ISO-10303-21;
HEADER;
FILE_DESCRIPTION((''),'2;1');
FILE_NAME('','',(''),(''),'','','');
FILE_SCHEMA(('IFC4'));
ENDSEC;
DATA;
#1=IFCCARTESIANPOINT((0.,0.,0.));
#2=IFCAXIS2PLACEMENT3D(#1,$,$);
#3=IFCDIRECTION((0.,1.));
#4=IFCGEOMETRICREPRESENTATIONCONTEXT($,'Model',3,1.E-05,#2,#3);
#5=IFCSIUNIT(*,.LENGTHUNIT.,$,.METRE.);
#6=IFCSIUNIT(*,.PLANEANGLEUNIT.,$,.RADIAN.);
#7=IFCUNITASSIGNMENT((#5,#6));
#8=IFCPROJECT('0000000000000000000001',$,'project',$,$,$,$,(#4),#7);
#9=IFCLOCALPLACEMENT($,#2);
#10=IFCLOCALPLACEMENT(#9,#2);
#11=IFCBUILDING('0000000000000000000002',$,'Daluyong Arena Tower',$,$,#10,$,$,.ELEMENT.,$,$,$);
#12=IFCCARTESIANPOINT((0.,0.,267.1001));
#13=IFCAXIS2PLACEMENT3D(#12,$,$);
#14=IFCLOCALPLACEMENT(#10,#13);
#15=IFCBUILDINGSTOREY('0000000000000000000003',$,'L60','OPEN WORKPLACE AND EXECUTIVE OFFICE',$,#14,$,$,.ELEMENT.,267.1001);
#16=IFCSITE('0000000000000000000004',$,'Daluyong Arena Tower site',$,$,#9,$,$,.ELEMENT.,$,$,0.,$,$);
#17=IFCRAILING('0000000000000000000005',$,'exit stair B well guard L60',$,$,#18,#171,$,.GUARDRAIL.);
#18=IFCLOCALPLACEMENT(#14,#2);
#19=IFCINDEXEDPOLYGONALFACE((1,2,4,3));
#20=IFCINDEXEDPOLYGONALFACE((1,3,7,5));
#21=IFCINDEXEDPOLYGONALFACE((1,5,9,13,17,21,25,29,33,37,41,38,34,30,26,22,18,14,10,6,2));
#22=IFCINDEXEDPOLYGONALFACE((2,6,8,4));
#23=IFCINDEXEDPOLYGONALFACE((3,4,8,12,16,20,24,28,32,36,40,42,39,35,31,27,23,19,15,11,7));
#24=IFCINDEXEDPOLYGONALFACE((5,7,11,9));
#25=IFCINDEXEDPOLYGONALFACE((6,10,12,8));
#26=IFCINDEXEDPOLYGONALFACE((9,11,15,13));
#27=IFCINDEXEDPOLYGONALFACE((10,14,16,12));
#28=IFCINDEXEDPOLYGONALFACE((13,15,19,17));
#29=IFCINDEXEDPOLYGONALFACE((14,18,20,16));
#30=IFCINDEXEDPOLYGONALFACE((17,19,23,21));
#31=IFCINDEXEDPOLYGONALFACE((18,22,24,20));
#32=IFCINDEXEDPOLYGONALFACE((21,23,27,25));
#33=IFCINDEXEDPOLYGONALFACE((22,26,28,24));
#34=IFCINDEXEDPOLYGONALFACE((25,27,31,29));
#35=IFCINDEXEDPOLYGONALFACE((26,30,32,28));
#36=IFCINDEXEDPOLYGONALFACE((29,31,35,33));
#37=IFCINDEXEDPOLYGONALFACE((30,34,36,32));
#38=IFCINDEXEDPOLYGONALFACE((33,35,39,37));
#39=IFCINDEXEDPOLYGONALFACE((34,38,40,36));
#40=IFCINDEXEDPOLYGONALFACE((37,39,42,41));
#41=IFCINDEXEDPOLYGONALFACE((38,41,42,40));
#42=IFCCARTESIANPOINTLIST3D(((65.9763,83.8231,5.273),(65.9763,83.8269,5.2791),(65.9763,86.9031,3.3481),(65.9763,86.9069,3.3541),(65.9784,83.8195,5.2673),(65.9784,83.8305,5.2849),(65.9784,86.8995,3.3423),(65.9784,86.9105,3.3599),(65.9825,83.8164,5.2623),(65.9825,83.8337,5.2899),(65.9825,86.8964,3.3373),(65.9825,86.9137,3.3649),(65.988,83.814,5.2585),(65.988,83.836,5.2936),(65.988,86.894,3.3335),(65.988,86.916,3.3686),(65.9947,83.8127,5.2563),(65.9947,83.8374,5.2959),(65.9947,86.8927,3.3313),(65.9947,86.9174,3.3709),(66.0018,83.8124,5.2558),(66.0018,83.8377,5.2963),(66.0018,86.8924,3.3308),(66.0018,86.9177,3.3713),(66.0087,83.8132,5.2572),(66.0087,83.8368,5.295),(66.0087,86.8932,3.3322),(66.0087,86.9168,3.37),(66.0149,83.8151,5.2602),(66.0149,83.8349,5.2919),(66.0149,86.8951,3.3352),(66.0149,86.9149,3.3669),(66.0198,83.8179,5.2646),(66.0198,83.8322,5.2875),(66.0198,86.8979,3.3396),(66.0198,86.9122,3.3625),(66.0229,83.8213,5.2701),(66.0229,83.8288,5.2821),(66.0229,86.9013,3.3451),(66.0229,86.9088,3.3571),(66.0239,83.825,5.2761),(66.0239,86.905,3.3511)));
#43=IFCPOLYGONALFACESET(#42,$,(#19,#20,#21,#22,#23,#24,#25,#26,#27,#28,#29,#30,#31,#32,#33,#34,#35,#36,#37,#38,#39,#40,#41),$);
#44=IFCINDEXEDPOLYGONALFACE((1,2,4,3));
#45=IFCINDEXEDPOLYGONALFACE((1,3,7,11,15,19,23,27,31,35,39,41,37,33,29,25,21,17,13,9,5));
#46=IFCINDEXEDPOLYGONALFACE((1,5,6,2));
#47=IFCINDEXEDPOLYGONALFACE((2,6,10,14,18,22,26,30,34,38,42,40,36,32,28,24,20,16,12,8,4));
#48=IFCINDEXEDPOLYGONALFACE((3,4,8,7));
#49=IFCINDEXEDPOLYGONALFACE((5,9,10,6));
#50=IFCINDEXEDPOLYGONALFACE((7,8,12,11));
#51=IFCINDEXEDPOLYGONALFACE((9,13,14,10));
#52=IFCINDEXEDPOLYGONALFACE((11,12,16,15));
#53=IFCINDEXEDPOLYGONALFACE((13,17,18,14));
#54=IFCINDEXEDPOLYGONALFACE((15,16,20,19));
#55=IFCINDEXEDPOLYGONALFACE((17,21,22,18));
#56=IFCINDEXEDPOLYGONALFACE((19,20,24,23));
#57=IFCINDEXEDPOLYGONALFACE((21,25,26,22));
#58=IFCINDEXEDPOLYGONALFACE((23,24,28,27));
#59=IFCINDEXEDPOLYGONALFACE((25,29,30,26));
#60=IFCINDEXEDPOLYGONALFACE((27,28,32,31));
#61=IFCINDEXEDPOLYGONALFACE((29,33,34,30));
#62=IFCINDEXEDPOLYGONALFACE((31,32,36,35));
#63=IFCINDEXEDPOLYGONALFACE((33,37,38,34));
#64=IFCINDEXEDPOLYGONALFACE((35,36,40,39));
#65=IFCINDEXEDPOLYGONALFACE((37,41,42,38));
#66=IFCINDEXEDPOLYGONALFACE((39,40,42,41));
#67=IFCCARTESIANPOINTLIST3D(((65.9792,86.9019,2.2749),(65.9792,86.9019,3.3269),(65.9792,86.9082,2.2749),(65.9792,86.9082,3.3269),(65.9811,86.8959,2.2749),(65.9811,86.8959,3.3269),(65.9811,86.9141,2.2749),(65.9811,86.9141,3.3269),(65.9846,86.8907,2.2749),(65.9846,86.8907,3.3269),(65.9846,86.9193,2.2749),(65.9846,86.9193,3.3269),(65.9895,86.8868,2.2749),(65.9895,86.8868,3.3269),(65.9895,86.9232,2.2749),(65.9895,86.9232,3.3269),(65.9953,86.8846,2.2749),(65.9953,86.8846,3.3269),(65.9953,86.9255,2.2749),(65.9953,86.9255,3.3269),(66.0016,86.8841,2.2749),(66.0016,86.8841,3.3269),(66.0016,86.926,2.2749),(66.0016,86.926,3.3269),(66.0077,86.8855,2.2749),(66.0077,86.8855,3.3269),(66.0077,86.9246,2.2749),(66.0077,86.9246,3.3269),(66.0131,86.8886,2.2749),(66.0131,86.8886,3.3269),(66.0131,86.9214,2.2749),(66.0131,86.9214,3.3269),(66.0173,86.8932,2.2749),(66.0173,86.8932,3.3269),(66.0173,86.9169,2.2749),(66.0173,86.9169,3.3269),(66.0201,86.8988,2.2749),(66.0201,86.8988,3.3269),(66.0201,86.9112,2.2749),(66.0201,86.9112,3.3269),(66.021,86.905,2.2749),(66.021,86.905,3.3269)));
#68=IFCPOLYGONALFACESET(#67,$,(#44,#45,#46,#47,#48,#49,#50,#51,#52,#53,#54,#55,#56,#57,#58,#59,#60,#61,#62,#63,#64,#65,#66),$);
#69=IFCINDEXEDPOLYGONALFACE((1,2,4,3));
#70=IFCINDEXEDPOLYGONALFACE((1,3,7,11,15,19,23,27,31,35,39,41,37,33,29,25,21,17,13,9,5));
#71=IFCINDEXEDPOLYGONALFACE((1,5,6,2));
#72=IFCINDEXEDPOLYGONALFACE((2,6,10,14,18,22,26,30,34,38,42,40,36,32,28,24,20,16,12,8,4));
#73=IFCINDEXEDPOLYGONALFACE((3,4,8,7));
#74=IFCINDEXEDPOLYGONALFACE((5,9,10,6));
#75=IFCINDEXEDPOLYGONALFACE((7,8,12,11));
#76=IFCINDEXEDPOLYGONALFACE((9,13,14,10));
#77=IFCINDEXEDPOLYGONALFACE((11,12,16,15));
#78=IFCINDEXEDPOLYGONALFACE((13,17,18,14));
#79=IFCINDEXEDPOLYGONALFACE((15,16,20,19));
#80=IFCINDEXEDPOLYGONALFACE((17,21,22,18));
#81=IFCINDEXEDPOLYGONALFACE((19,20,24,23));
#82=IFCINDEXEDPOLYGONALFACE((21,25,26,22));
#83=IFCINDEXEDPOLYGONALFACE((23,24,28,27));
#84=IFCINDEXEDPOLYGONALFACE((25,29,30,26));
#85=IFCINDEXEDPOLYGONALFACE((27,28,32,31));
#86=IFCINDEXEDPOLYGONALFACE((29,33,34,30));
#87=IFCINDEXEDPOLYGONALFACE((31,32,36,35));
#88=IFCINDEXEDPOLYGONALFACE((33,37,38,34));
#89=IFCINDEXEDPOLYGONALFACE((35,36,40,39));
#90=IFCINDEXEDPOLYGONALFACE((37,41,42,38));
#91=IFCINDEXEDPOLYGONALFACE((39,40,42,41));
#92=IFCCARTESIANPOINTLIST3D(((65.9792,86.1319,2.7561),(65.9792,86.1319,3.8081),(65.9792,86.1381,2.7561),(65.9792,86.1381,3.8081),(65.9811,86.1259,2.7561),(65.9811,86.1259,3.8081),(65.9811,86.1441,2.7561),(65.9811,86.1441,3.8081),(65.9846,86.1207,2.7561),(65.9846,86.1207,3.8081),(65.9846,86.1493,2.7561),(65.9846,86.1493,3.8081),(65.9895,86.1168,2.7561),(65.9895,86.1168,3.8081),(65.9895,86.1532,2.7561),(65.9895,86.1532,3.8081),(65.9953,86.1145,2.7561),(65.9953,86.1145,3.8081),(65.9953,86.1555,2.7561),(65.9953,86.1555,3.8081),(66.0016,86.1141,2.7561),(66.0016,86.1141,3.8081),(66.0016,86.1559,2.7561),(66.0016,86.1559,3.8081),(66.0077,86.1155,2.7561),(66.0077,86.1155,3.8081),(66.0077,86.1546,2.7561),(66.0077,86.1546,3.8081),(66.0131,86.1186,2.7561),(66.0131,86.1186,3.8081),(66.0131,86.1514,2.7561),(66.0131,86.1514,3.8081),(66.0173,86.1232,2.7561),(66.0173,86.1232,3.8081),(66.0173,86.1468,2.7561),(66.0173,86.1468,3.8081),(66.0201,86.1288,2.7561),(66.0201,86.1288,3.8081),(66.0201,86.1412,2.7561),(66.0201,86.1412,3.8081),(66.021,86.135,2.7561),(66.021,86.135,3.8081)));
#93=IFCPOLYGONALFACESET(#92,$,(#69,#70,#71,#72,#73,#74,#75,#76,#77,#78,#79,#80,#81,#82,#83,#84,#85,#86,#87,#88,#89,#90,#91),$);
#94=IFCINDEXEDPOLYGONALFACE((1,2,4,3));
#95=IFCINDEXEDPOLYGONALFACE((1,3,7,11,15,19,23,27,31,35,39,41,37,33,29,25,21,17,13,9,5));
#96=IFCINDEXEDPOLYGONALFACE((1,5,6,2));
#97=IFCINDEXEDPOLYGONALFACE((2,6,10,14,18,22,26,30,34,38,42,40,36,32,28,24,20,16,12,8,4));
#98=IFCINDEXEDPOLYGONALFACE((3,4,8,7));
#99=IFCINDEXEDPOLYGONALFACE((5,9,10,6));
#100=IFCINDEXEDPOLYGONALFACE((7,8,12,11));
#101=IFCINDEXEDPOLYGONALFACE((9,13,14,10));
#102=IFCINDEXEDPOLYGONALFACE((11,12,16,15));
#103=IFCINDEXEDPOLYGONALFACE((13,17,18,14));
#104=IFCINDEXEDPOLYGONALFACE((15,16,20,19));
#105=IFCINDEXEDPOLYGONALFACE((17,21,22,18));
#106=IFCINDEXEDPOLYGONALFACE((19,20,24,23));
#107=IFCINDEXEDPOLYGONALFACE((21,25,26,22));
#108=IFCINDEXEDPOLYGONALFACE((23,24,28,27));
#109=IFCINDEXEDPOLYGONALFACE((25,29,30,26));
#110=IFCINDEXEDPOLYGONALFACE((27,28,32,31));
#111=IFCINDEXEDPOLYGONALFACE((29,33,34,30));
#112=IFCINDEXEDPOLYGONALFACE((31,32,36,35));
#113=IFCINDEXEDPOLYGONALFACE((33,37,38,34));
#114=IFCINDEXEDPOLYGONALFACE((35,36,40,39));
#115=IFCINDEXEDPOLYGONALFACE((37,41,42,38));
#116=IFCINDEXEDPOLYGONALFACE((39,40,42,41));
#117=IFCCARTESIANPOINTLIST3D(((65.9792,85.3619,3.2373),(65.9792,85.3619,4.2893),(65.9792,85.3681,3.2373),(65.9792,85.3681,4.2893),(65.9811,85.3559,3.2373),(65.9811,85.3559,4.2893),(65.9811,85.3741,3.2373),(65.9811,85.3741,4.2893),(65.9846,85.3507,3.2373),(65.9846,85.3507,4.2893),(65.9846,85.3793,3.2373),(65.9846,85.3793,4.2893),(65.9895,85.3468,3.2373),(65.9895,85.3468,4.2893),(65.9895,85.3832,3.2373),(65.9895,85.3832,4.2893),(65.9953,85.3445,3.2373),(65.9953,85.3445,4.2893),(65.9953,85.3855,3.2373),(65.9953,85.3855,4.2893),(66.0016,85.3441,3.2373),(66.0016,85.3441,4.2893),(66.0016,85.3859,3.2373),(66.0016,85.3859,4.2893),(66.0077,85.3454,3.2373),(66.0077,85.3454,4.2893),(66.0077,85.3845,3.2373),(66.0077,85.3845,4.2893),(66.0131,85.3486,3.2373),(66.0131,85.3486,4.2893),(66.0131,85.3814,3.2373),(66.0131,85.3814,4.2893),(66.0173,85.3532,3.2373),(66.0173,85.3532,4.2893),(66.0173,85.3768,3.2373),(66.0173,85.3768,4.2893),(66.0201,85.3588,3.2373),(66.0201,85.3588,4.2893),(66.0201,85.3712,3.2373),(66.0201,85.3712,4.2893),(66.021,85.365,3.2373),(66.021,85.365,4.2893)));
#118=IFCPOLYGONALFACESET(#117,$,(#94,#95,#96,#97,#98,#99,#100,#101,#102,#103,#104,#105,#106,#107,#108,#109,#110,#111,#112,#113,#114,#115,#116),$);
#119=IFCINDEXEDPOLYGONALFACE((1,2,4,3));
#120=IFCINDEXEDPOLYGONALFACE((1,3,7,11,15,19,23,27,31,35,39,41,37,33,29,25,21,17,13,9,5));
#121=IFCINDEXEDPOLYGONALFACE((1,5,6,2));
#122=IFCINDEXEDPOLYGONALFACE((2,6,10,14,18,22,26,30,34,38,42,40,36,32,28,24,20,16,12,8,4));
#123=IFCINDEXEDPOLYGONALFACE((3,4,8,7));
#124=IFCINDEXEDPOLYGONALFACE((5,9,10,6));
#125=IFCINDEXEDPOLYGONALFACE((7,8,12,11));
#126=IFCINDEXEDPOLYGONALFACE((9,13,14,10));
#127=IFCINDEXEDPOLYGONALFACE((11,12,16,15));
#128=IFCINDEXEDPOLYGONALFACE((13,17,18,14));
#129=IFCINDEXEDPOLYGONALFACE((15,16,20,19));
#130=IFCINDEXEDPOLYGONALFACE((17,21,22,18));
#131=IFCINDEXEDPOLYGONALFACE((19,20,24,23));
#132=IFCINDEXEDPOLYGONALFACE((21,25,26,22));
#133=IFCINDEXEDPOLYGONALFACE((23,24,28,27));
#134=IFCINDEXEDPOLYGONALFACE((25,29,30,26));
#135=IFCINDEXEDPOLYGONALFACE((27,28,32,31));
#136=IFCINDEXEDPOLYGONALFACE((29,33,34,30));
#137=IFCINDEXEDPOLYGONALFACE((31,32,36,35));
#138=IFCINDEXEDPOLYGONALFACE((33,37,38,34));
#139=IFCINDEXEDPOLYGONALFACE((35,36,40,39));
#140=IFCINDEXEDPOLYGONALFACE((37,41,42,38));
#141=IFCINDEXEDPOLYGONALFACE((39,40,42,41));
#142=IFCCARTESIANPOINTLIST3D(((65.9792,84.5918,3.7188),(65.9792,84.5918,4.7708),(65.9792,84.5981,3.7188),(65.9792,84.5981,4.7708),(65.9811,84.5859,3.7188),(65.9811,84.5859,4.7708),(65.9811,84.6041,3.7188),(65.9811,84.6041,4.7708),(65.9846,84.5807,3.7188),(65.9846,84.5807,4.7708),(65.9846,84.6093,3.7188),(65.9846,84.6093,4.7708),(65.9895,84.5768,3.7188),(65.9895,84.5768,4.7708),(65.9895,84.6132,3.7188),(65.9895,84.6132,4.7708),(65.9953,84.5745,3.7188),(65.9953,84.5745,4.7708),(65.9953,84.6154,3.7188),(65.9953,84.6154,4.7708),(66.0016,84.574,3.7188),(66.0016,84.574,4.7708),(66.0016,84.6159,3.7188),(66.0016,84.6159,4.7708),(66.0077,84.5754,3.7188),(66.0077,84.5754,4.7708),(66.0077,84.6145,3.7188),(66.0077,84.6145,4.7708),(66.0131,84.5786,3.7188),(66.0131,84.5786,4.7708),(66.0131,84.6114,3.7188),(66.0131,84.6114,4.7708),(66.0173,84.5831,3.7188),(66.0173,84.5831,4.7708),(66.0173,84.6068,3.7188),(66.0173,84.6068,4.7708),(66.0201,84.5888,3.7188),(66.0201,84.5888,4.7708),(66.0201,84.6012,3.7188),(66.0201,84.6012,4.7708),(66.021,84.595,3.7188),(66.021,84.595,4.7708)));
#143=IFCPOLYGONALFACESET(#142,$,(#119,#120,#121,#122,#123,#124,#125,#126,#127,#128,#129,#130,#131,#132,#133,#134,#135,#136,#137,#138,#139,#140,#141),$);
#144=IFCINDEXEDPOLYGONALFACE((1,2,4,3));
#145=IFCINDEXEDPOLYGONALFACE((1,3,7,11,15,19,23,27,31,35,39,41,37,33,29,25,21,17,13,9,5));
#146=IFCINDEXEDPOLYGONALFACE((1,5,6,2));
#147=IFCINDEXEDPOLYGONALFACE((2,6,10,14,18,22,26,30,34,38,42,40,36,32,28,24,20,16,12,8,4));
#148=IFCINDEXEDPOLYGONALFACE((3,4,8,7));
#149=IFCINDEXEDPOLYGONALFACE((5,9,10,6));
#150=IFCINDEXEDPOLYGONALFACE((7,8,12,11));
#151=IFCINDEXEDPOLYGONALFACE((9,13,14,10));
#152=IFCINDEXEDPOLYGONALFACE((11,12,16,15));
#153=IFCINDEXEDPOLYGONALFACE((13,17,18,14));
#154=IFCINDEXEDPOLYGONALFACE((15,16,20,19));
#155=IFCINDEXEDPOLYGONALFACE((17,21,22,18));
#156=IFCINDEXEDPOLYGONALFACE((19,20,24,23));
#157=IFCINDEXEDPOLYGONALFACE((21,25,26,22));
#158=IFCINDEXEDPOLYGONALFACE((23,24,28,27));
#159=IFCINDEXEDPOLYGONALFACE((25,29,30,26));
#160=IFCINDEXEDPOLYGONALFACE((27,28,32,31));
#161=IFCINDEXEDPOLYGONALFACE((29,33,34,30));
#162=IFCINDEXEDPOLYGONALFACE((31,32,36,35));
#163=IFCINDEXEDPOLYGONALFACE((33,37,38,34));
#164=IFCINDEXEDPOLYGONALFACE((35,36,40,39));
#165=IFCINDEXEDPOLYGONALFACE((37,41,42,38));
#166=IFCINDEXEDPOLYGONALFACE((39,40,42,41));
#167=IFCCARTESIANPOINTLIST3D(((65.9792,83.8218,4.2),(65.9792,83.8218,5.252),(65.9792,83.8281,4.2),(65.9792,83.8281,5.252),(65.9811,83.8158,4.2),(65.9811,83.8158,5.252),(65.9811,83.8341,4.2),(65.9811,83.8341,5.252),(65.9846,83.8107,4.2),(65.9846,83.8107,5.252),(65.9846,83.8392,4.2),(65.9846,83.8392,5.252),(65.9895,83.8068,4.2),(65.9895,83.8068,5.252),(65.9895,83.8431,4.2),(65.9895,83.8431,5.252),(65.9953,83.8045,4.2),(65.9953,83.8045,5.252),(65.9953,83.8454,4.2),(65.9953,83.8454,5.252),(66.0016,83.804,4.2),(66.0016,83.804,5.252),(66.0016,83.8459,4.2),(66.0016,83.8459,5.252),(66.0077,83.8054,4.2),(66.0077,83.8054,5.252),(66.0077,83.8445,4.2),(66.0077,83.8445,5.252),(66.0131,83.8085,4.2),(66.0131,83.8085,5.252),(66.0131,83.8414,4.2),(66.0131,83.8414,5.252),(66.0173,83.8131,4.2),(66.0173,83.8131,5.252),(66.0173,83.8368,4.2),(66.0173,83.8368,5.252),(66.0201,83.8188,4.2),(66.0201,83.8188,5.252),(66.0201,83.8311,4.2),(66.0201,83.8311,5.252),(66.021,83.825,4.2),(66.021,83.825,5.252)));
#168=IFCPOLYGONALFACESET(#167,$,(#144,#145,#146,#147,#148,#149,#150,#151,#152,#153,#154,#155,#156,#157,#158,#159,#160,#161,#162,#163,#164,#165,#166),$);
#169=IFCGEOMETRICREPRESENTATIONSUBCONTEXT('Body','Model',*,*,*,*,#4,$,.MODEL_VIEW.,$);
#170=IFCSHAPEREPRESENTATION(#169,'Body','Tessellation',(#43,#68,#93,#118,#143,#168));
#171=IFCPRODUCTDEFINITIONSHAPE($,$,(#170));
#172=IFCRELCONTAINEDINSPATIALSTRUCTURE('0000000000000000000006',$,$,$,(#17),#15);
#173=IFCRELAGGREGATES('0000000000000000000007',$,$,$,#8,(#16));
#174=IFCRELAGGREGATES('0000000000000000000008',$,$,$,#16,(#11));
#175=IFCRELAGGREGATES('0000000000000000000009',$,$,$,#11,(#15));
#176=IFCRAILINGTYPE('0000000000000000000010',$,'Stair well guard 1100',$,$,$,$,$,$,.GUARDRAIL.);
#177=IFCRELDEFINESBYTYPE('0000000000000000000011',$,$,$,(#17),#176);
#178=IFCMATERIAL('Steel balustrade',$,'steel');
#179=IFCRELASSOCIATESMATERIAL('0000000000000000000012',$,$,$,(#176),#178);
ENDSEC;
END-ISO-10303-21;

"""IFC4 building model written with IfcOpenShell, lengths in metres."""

from ifc_helpers import new_model, si_unit, direction, frame, origin, origin_2d, place, context, subcontext, project, spatial, circle, extrude, material, type_object, element, save


model = new_model("IFC4")

# Units and contexts
model_context = context("Model", 3, precision=1e-05, world=origin(), true_north=direction((0.0, 1.0)))
body_context = subcontext(model_context, "Body", "Model", "MODEL_VIEW")
ifc_project = project(units=[si_unit("LENGTHUNIT", "METRE"), si_unit("PLANEANGLEUNIT", "RADIAN")], contexts=[model_context])

# Site, building, storey
site_placement = place(None, origin())
site = spatial("IfcSite", under=ifc_project, at=site_placement, Name="Daluyong Arena Tower site", CompositionType="ELEMENT", RefElevation=0.0)
building_placement = place(site_placement, origin())
building = spatial("IfcBuilding", under=site, at=building_placement, Name="Daluyong Arena Tower", CompositionType="ELEMENT")
storey_placement = place(building_placement, frame((0.0, 0.0, 267.1001)))
storey = spatial("IfcBuildingStorey", under=building, at=storey_placement, Name="L60", Description="OPEN WORKPLACE AND EXECUTIVE OFFICE", CompositionType="ELEMENT", Elevation=267.1001)

# Railing
ifc_material_1 = material(Name="Steel balustrade", Category="steel")
railing_type_1 = type_object("IfcRailingType", Name="Stair well guard 1100", PredefinedType="GUARDRAIL", material=ifc_material_1)
railing_1_placement = place(storey_placement, frame((66.0, 86.905, 2.2749)))
element("IfcRailing", 1, at=railing_1_placement, inside=storey, type_object=railing_type_1, Name="exit stair B well guard L60", PredefinedType="GUARDRAIL", context=body_context, shape_type="SweptSolid", body=[
    extrude(circle(Radius=0.0239, at=origin_2d()), frame((0.0, 0.0, 1.0762), z_axis=(0.0, -0.847998, 0.529999), x_axis=(1.0, 0.0, 0.0)), (0.0, 0.0, 1.0), 3.6321),
    extrude(circle(Radius=0.021, at=origin_2d()), origin(), (0.0, 0.0, 1.0), 1.052),
    extrude(circle(Radius=0.021, at=origin_2d()), frame((0.0, -0.77, 0.4812)), (0.0, 0.0, 1.0), 1.052),
    extrude(circle(Radius=0.021, at=origin_2d()), frame((0.0, -1.54, 0.9624)), (0.0, 0.0, 1.0), 1.052),
    extrude(circle(Radius=0.021, at=origin_2d()), frame((0.0, -2.3101, 1.4438)), (0.0, 0.0, 1.0), 1.052),
    extrude(circle(Radius=0.021, at=origin_2d()), frame((0.0, -3.0801, 1.925)), (0.0, 0.0, 1.0), 1.052),
])

save(model, "model.ifc")
